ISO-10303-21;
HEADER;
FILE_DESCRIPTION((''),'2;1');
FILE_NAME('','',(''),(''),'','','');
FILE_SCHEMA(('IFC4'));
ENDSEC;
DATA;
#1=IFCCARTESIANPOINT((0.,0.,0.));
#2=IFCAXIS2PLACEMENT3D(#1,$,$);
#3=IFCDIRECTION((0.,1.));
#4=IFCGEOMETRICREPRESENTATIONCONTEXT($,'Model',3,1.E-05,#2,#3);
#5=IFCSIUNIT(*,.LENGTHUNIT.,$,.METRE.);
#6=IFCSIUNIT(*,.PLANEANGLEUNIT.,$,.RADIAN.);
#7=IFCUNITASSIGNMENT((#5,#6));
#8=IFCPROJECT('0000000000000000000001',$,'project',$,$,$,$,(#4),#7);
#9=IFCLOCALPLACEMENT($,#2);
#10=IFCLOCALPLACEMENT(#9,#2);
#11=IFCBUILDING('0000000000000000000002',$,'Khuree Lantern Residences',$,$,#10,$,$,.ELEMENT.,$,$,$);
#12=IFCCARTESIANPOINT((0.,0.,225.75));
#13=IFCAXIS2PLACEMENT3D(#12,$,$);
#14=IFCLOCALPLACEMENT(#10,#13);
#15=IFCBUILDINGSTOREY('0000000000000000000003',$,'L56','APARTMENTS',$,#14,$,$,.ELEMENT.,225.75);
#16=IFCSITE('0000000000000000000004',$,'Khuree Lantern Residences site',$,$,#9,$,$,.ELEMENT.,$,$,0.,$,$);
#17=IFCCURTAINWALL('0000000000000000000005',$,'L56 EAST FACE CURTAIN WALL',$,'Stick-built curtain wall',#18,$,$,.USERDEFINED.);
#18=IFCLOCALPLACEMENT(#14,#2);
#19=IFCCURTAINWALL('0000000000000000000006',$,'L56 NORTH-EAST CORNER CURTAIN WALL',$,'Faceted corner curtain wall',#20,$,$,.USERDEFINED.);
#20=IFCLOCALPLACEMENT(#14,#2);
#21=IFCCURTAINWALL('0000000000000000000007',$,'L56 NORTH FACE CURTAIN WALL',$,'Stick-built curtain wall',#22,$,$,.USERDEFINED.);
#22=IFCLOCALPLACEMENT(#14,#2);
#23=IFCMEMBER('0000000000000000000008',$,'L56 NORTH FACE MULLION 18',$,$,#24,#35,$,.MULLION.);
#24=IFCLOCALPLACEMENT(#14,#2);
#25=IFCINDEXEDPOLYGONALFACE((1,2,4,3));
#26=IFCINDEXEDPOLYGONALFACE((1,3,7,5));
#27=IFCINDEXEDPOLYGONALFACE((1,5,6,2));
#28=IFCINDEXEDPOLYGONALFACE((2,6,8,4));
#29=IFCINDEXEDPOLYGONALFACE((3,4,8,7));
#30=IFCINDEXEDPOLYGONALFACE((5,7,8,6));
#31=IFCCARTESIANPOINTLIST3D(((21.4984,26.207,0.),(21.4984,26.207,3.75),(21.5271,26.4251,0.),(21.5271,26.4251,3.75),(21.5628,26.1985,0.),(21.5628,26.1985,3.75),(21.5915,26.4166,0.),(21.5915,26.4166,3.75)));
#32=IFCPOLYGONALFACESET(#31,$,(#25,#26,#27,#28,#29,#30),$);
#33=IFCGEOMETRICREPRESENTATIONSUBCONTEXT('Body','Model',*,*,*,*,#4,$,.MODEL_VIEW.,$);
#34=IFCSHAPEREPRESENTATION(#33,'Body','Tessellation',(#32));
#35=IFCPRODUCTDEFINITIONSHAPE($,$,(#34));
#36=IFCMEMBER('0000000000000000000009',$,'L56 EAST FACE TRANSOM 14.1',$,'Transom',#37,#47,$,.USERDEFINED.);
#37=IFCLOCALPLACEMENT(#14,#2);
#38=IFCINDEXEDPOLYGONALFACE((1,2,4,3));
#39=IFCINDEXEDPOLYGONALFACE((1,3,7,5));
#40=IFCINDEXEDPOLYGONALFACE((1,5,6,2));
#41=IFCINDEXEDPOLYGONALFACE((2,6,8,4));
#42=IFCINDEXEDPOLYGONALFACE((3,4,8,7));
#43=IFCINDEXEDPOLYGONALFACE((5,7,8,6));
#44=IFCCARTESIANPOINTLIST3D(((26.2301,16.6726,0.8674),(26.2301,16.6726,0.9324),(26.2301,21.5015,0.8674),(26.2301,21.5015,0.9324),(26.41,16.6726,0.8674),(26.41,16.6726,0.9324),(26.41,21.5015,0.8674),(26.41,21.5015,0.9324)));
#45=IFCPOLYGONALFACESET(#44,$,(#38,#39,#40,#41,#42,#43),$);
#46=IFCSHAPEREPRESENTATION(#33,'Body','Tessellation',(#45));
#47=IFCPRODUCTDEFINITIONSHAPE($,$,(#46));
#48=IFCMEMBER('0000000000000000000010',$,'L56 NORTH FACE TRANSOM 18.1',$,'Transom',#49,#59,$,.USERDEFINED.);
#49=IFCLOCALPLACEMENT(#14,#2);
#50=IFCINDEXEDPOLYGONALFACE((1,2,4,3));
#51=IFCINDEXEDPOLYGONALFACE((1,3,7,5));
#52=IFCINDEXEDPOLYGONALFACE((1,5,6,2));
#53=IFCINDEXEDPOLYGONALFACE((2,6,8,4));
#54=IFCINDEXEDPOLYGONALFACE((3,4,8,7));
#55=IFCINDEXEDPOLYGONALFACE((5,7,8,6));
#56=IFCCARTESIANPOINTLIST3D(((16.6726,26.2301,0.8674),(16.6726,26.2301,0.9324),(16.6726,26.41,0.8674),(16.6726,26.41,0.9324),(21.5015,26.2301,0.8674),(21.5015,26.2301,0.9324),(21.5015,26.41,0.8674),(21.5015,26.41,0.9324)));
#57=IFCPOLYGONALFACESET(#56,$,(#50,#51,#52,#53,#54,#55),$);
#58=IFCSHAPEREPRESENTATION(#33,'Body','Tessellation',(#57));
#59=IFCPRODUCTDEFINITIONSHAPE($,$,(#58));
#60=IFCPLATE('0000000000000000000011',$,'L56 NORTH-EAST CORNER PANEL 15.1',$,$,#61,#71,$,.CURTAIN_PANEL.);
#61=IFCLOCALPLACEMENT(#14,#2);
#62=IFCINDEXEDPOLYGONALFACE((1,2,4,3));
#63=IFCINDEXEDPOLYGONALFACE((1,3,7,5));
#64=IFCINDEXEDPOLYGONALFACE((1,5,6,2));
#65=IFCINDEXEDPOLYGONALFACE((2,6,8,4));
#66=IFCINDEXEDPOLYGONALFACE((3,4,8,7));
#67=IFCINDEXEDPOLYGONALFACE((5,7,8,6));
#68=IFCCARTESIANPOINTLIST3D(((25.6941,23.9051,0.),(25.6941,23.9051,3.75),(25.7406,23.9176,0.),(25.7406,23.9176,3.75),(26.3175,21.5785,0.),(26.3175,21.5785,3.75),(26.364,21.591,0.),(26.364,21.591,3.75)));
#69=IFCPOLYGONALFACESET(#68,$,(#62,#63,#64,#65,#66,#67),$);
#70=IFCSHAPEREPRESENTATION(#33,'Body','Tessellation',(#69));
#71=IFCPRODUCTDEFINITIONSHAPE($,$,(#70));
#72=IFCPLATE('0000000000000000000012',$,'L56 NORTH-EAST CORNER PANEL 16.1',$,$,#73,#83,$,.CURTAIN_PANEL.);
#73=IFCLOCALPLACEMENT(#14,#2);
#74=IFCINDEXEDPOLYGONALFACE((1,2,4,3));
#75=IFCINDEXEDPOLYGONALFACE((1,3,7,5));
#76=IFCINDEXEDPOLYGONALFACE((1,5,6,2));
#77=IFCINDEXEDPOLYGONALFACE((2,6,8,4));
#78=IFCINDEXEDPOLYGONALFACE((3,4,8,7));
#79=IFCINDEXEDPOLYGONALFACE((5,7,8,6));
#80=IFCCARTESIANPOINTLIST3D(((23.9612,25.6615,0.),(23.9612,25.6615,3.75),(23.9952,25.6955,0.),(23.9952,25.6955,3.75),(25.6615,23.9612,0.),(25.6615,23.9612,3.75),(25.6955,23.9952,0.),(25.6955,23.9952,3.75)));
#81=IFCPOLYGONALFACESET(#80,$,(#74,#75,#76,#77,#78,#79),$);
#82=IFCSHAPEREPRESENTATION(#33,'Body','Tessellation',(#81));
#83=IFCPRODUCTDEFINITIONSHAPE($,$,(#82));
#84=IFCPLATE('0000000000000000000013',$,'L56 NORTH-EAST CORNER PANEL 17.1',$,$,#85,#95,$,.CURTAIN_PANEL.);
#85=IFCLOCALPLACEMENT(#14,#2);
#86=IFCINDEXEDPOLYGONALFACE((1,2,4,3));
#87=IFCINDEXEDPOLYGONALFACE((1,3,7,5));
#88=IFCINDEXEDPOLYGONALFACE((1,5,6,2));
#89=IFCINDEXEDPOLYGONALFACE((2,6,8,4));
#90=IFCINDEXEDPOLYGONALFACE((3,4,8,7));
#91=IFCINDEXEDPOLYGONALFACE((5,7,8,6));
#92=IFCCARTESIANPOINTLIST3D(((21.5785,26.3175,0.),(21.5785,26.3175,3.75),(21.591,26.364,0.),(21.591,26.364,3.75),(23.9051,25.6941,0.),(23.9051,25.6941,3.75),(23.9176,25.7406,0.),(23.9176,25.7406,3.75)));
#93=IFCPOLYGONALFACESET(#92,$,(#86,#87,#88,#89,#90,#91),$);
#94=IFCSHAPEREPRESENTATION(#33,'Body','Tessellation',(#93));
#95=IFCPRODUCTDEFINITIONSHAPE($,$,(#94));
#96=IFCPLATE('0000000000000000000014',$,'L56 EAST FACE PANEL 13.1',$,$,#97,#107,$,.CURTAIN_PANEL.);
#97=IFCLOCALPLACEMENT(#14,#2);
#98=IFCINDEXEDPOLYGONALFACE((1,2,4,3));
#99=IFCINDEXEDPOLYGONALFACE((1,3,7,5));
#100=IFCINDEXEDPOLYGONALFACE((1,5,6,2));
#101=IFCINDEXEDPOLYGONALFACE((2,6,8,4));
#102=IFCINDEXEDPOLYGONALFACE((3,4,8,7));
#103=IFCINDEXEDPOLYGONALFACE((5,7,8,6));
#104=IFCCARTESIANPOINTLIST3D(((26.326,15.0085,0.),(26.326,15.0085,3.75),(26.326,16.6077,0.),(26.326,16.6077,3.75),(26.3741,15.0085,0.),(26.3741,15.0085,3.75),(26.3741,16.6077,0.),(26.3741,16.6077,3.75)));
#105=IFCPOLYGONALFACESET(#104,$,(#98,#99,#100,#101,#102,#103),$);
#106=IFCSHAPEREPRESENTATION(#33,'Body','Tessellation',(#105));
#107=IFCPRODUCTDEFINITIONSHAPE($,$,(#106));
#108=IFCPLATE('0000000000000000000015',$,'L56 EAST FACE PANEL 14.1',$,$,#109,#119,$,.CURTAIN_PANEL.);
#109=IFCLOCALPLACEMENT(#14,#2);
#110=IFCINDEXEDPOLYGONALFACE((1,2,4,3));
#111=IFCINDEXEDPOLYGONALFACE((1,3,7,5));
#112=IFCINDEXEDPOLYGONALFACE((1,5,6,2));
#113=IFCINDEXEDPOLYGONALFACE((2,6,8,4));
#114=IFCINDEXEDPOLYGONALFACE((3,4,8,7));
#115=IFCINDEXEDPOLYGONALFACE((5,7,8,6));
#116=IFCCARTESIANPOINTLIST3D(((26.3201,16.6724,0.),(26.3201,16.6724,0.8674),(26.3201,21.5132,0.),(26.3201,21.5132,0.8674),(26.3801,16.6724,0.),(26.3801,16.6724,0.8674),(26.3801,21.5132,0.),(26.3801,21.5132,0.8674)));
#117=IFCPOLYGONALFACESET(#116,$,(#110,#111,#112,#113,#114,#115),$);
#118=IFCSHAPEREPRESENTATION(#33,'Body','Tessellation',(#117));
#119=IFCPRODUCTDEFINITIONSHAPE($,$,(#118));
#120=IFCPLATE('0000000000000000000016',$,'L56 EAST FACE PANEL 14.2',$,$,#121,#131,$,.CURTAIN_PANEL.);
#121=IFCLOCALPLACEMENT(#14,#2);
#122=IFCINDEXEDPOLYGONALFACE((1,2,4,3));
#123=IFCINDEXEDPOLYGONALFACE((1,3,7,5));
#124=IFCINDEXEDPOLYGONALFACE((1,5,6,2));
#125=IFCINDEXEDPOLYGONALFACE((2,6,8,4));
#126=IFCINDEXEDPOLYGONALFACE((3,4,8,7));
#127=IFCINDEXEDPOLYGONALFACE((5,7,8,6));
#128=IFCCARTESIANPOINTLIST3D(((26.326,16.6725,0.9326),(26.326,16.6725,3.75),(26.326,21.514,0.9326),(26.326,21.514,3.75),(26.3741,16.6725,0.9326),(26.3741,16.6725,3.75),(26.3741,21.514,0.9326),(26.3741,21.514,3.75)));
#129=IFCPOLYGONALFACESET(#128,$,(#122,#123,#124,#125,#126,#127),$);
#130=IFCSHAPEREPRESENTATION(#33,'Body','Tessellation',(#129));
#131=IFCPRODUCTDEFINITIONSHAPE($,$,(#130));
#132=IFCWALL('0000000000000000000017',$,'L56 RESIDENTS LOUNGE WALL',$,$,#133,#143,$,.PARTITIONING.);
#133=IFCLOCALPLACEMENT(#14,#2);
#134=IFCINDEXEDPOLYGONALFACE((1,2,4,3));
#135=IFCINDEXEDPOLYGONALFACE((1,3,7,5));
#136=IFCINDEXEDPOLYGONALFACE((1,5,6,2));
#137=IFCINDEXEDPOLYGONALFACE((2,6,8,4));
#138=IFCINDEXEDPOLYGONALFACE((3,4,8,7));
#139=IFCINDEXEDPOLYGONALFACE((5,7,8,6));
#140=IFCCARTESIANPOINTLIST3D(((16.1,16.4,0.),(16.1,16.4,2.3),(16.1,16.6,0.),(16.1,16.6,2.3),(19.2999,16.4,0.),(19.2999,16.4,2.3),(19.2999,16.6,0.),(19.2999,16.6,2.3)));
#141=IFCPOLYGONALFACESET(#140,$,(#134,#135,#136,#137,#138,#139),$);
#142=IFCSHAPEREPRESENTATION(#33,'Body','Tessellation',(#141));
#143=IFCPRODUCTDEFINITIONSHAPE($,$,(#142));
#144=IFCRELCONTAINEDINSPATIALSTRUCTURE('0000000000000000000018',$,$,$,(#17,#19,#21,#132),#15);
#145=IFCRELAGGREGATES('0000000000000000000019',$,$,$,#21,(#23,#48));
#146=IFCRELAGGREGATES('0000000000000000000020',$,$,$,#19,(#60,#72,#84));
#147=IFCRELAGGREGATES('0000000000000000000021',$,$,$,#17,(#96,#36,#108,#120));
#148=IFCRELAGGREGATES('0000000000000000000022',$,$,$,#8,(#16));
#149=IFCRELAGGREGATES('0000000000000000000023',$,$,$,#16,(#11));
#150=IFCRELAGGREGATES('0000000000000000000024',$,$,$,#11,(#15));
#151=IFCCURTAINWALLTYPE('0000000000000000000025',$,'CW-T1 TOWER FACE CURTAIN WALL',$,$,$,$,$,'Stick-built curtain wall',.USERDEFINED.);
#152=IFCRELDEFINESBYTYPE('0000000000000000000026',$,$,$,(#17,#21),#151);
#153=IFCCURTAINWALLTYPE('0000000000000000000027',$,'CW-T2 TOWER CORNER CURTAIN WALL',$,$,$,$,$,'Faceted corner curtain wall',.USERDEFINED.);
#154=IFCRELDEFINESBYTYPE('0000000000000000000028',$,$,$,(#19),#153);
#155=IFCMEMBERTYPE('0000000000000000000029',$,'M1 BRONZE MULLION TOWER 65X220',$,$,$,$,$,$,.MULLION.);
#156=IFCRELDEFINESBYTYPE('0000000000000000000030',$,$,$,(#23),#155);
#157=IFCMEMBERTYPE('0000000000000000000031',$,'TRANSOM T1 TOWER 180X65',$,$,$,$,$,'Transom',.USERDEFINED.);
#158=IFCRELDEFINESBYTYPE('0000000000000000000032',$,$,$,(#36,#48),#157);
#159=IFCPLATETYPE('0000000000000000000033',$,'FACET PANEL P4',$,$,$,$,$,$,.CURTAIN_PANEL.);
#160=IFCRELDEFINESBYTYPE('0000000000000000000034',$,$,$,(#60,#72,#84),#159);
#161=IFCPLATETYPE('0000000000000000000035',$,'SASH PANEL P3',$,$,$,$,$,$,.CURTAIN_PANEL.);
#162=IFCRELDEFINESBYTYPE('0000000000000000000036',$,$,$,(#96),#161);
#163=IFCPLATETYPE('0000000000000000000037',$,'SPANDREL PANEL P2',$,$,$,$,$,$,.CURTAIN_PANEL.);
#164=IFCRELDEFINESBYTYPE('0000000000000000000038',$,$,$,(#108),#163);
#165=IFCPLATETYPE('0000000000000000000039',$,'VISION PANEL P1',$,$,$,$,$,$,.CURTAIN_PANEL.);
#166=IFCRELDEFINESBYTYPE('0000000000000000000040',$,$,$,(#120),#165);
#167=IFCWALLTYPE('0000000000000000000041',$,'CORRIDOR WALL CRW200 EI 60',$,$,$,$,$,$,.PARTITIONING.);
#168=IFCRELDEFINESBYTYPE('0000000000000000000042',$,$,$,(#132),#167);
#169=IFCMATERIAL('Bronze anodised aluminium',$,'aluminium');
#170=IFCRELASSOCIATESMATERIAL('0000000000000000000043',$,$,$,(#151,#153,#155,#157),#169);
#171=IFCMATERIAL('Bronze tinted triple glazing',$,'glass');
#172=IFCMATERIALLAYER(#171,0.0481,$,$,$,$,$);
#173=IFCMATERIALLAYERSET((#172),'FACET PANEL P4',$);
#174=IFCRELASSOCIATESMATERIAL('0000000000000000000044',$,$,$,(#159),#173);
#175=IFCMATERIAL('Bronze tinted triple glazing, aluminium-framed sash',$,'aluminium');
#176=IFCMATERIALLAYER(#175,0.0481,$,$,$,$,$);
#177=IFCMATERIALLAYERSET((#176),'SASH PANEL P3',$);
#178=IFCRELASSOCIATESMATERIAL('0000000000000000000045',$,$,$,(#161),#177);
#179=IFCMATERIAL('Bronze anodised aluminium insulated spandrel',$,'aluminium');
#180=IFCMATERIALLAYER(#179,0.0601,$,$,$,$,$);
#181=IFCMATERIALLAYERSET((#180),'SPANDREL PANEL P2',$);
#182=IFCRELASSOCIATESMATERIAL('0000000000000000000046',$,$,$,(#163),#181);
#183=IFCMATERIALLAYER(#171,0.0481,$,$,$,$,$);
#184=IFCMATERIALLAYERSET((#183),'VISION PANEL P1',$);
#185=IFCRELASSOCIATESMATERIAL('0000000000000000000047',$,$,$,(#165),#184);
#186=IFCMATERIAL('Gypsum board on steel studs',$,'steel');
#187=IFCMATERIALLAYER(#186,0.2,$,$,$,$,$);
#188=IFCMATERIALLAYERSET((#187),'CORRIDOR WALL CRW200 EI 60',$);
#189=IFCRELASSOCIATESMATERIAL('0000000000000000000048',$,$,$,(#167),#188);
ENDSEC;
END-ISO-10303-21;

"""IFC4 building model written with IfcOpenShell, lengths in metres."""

from ifc_helpers import new_model, si_unit, direction, frame, frame_2d, origin, origin_2d, place, context, subcontext, project, spatial, rectangle, extrude, material, layer, layer_set, material_profile, profile_set, type_object, element, aggregate, save


model = new_model("IFC4")

# Units and contexts
model_context = context("Model", 3, precision=1e-05, world=origin(), true_north=direction((0.0, 1.0)))
body_context = subcontext(model_context, "Body", "Model", "MODEL_VIEW")
ifc_project = project(units=[si_unit("LENGTHUNIT", "METRE"), si_unit("PLANEANGLEUNIT", "RADIAN")], contexts=[model_context])

# Site, building, storey
site_placement = place(None, origin())
site = spatial("IfcSite", under=ifc_project, at=site_placement, Name="Khuree Lantern Residences site", CompositionType="ELEMENT", RefElevation=0.0)
building_placement = place(site_placement, origin())
building = spatial("IfcBuilding", under=site, at=building_placement, Name="Khuree Lantern Residences", CompositionType="ELEMENT")
storey_placement = place(building_placement, frame((0.0, 0.0, 225.75)))
storey = spatial("IfcBuildingStorey", under=building, at=storey_placement, Name="L56", Description="APARTMENTS", CompositionType="ELEMENT", Elevation=225.75)

# Curtain walls
ifc_material_1 = material(Name="Bronze anodised aluminium", Category="aluminium")
curtain_wall_type_1 = type_object("IfcCurtainWallType", Name="CW-T1 TOWER FACE CURTAIN WALL", ElementType="Stick-built curtain wall", PredefinedType="USERDEFINED", material=ifc_material_1)
curtain_wall_1_placement = place(storey_placement, origin())
curtain_wall_1 = element("IfcCurtainWall", 1, at=curtain_wall_1_placement, inside=storey, type_object=curtain_wall_type_1, Name="L56 EAST FACE CURTAIN WALL", ObjectType="Stick-built curtain wall", PredefinedType="USERDEFINED")
curtain_wall_type_2 = type_object("IfcCurtainWallType", Name="CW-T2 TOWER CORNER CURTAIN WALL", ElementType="Faceted corner curtain wall", PredefinedType="USERDEFINED", material=ifc_material_1)
curtain_wall_2_placement = place(storey_placement, origin())
curtain_wall_2 = element("IfcCurtainWall", 2, at=curtain_wall_2_placement, inside=storey, type_object=curtain_wall_type_2, Name="L56 NORTH-EAST CORNER CURTAIN WALL", ObjectType="Faceted corner curtain wall", PredefinedType="USERDEFINED")

# Shared definitions
ifc_material_profile_1 = material_profile(ifc_material_1, rectangle(XDim=0.0649, YDim=0.22, at=origin_2d()), Name="M1 65X220")
ifc_profile_set_1 = profile_set([ifc_material_profile_1], Name="Bronze anodised aluminium")
member_type_1 = type_object("IfcMemberType", Name="M1 BRONZE MULLION TOWER 65X220", PredefinedType="MULLION", material=ifc_profile_set_1)

# Curtain wall, member
curtain_wall_3_placement = place(storey_placement, origin())
curtain_wall_3 = element("IfcCurtainWall", 3, at=curtain_wall_3_placement, inside=storey, type_object=curtain_wall_type_1, Name="L56 NORTH FACE CURTAIN WALL", ObjectType="Stick-built curtain wall", PredefinedType="USERDEFINED")
member_1_placement = place(storey_placement, frame((21.5449, 26.3118, 0.0), z_axis=(0.0, 0.0, 1.0), x_axis=(-0.991445, 0.130526, 0.0)))
member_1 = element("IfcMember", 4, at=member_1_placement, type_object=member_type_1, Name="L56 NORTH FACE MULLION 18", PredefinedType="MULLION", context=body_context, shape_type="SweptSolid", body=[
    extrude(rectangle(XDim=0.0649, YDim=0.22, at=origin_2d()), origin(), (0.0, 0.0, 1.0), 3.75),
])

# Members
ifc_material_profile_2 = material_profile(ifc_material_1, rectangle(XDim=0.1799, YDim=0.0649, at=origin_2d()), Name="T1 180X65")
ifc_profile_set_2 = profile_set([ifc_material_profile_2], Name="Bronze anodised aluminium")
member_type_2 = type_object("IfcMemberType", Name="TRANSOM T1 TOWER 180X65", ElementType="Transom", PredefinedType="USERDEFINED", material=ifc_profile_set_2)
member_2_placement = place(storey_placement, frame((26.3201, 16.6726, 0.8999), z_axis=(0.0, 1.0, 0.0), x_axis=(-1.0, 0.0, 0.0)))
member_2 = element("IfcMember", 5, at=member_2_placement, type_object=member_type_2, Name="L56 EAST FACE TRANSOM 14.1", ObjectType="Transom", PredefinedType="USERDEFINED", context=body_context, shape_type="SweptSolid", body=[
    extrude(rectangle(XDim=0.1799, YDim=0.0649, at=origin_2d()), origin(), (0.0, 0.0, 1.0), 4.8289),
])
member_3_placement = place(storey_placement, frame((21.5015, 26.3201, 0.8999), z_axis=(-1.0, 0.0, 0.0), x_axis=(0.0, -1.0, 0.0)))
member_3 = element("IfcMember", 6, at=member_3_placement, type_object=member_type_2, Name="L56 NORTH FACE TRANSOM 18.1", ObjectType="Transom", PredefinedType="USERDEFINED", context=body_context, shape_type="SweptSolid", body=[
    extrude(rectangle(XDim=0.1799, YDim=0.0649, at=origin_2d()), origin(), (0.0, 0.0, 1.0), 4.8289),
])
aggregate(curtain_wall_3, [member_1, member_3])

# Plates
ifc_material_2 = material(Name="Bronze tinted triple glazing", Category="glass")
ifc_layer_1 = layer(ifc_material_2, 0.0481)
ifc_layer_set_1 = layer_set([ifc_layer_1], Name="FACET PANEL P4")
plate_type_1 = type_object("IfcPlateType", Name="FACET PANEL P4", PredefinedType="CURTAIN_PANEL", material=ifc_layer_set_1)
plate_1_placement = place(storey_placement, frame((26.0291, 22.748, 0.0), z_axis=(0.0, 0.0, 1.0), x_axis=(-0.258819, 0.965926, 0.0)))
plate_1 = element("IfcPlate", 7, at=plate_1_placement, type_object=plate_type_1, Name="L56 NORTH-EAST CORNER PANEL 15.1", PredefinedType="CURTAIN_PANEL", context=body_context, shape_type="SweptSolid", body=[
    extrude(rectangle(XDim=2.4087, YDim=0.0481, at=origin_2d()), origin(), (0.0, 0.0, 1.0), 3.75),
])
plate_2_placement = place(storey_placement, frame((24.8284, 24.8284, 0.0), z_axis=(0.0, 0.0, 1.0), x_axis=(-0.707107, 0.707107, 0.0)))
plate_2 = element("IfcPlate", 8, at=plate_2_placement, type_object=plate_type_1, Name="L56 NORTH-EAST CORNER PANEL 16.1", PredefinedType="CURTAIN_PANEL", context=body_context, shape_type="SweptSolid", body=[
    extrude(rectangle(XDim=2.4045, YDim=0.0481, at=origin_2d()), origin(), (0.0, 0.0, 1.0), 3.75),
])
plate_3_placement = place(storey_placement, frame((22.748, 26.0291, 0.0), z_axis=(0.0, 0.0, 1.0), x_axis=(-0.965926, 0.258819, 0.0)))
plate_3 = element("IfcPlate", 9, at=plate_3_placement, type_object=plate_type_1, Name="L56 NORTH-EAST CORNER PANEL 17.1", PredefinedType="CURTAIN_PANEL", context=body_context, shape_type="SweptSolid", body=[
    extrude(rectangle(XDim=2.4087, YDim=0.0481, at=origin_2d()), origin(), (0.0, 0.0, 1.0), 3.75),
])
aggregate(curtain_wall_2, [plate_1, plate_2, plate_3])
ifc_material_3 = material(Name="Bronze tinted triple glazing, aluminium-framed sash", Category="aluminium")
ifc_layer_2 = layer(ifc_material_3, 0.0481)
ifc_layer_set_2 = layer_set([ifc_layer_2], Name="SASH PANEL P3")
plate_type_2 = type_object("IfcPlateType", Name="SASH PANEL P3", PredefinedType="CURTAIN_PANEL", material=ifc_layer_set_2)
plate_4_placement = place(storey_placement, frame((26.3501, 15.8081, 0.0), z_axis=(0.0, 0.0, 1.0), x_axis=(0.0, 1.0, 0.0)))
plate_4 = element("IfcPlate", 10, at=plate_4_placement, type_object=plate_type_2, Name="L56 EAST FACE PANEL 13.1", PredefinedType="CURTAIN_PANEL", context=body_context, shape_type="SweptSolid", body=[
    extrude(rectangle(XDim=1.5991, YDim=0.0481, at=origin_2d()), origin(), (0.0, 0.0, 1.0), 3.75),
])
ifc_material_4 = material(Name="Bronze anodised aluminium insulated spandrel", Category="aluminium")
ifc_layer_3 = layer(ifc_material_4, 0.0601)
ifc_layer_set_3 = layer_set([ifc_layer_3], Name="SPANDREL PANEL P2")
plate_type_3 = type_object("IfcPlateType", Name="SPANDREL PANEL P2", PredefinedType="CURTAIN_PANEL", material=ifc_layer_set_3)
plate_5_placement = place(storey_placement, frame((26.3501, 19.0928, 0.0), z_axis=(0.0, 0.0, 1.0), x_axis=(0.0, 1.0, 0.0)))
plate_5 = element("IfcPlate", 11, at=plate_5_placement, type_object=plate_type_3, Name="L56 EAST FACE PANEL 14.1", PredefinedType="CURTAIN_PANEL", context=body_context, shape_type="SweptSolid", body=[
    extrude(rectangle(XDim=4.8408, YDim=0.0601, at=origin_2d()), origin(), (0.0, 0.0, 1.0), 0.8674),
])
ifc_layer_4 = layer(ifc_material_2, 0.0481)
ifc_layer_set_4 = layer_set([ifc_layer_4], Name="VISION PANEL P1")
plate_type_4 = type_object("IfcPlateType", Name="VISION PANEL P1", PredefinedType="CURTAIN_PANEL", material=ifc_layer_set_4)
plate_6_placement = place(storey_placement, frame((26.3501, 19.0933, 0.9326), z_axis=(0.0, 0.0, 1.0), x_axis=(0.0, 1.0, 0.0)))
plate_6 = element("IfcPlate", 12, at=plate_6_placement, type_object=plate_type_4, Name="L56 EAST FACE PANEL 14.2", PredefinedType="CURTAIN_PANEL", context=body_context, shape_type="SweptSolid", body=[
    extrude(rectangle(XDim=4.8416, YDim=0.0481, at=origin_2d()), origin(), (0.0, 0.0, 1.0), 2.8174),
])
aggregate(curtain_wall_1, [plate_4, member_2, plate_5, plate_6])

# Wall
ifc_material_5 = material(Name="Gypsum board on steel studs", Category="steel")
ifc_layer_5 = layer(ifc_material_5, 0.2)
ifc_layer_set_5 = layer_set([ifc_layer_5], Name="CORRIDOR WALL CRW200 EI 60")
wall_type = type_object("IfcWallType", Name="CORRIDOR WALL CRW200 EI 60", PredefinedType="PARTITIONING", material=ifc_layer_set_5)
wall_placement = place(storey_placement, frame((19.3, 16.5, 0.0), z_axis=(0.0, 0.0, 1.0), x_axis=(-1.0, 0.0, 0.0)))
element("IfcWall", 13, at=wall_placement, inside=storey, type_object=wall_type, Name="L56 RESIDENTS LOUNGE WALL", PredefinedType="PARTITIONING", context=body_context, shape_type="SweptSolid", body=[
    extrude(rectangle(XDim=3.2, YDim=0.2, at=frame_2d((1.6001, 0.0))), origin(), (0.0, 0.0, 1.0), 2.3),
])

save(model, "model.ifc")
